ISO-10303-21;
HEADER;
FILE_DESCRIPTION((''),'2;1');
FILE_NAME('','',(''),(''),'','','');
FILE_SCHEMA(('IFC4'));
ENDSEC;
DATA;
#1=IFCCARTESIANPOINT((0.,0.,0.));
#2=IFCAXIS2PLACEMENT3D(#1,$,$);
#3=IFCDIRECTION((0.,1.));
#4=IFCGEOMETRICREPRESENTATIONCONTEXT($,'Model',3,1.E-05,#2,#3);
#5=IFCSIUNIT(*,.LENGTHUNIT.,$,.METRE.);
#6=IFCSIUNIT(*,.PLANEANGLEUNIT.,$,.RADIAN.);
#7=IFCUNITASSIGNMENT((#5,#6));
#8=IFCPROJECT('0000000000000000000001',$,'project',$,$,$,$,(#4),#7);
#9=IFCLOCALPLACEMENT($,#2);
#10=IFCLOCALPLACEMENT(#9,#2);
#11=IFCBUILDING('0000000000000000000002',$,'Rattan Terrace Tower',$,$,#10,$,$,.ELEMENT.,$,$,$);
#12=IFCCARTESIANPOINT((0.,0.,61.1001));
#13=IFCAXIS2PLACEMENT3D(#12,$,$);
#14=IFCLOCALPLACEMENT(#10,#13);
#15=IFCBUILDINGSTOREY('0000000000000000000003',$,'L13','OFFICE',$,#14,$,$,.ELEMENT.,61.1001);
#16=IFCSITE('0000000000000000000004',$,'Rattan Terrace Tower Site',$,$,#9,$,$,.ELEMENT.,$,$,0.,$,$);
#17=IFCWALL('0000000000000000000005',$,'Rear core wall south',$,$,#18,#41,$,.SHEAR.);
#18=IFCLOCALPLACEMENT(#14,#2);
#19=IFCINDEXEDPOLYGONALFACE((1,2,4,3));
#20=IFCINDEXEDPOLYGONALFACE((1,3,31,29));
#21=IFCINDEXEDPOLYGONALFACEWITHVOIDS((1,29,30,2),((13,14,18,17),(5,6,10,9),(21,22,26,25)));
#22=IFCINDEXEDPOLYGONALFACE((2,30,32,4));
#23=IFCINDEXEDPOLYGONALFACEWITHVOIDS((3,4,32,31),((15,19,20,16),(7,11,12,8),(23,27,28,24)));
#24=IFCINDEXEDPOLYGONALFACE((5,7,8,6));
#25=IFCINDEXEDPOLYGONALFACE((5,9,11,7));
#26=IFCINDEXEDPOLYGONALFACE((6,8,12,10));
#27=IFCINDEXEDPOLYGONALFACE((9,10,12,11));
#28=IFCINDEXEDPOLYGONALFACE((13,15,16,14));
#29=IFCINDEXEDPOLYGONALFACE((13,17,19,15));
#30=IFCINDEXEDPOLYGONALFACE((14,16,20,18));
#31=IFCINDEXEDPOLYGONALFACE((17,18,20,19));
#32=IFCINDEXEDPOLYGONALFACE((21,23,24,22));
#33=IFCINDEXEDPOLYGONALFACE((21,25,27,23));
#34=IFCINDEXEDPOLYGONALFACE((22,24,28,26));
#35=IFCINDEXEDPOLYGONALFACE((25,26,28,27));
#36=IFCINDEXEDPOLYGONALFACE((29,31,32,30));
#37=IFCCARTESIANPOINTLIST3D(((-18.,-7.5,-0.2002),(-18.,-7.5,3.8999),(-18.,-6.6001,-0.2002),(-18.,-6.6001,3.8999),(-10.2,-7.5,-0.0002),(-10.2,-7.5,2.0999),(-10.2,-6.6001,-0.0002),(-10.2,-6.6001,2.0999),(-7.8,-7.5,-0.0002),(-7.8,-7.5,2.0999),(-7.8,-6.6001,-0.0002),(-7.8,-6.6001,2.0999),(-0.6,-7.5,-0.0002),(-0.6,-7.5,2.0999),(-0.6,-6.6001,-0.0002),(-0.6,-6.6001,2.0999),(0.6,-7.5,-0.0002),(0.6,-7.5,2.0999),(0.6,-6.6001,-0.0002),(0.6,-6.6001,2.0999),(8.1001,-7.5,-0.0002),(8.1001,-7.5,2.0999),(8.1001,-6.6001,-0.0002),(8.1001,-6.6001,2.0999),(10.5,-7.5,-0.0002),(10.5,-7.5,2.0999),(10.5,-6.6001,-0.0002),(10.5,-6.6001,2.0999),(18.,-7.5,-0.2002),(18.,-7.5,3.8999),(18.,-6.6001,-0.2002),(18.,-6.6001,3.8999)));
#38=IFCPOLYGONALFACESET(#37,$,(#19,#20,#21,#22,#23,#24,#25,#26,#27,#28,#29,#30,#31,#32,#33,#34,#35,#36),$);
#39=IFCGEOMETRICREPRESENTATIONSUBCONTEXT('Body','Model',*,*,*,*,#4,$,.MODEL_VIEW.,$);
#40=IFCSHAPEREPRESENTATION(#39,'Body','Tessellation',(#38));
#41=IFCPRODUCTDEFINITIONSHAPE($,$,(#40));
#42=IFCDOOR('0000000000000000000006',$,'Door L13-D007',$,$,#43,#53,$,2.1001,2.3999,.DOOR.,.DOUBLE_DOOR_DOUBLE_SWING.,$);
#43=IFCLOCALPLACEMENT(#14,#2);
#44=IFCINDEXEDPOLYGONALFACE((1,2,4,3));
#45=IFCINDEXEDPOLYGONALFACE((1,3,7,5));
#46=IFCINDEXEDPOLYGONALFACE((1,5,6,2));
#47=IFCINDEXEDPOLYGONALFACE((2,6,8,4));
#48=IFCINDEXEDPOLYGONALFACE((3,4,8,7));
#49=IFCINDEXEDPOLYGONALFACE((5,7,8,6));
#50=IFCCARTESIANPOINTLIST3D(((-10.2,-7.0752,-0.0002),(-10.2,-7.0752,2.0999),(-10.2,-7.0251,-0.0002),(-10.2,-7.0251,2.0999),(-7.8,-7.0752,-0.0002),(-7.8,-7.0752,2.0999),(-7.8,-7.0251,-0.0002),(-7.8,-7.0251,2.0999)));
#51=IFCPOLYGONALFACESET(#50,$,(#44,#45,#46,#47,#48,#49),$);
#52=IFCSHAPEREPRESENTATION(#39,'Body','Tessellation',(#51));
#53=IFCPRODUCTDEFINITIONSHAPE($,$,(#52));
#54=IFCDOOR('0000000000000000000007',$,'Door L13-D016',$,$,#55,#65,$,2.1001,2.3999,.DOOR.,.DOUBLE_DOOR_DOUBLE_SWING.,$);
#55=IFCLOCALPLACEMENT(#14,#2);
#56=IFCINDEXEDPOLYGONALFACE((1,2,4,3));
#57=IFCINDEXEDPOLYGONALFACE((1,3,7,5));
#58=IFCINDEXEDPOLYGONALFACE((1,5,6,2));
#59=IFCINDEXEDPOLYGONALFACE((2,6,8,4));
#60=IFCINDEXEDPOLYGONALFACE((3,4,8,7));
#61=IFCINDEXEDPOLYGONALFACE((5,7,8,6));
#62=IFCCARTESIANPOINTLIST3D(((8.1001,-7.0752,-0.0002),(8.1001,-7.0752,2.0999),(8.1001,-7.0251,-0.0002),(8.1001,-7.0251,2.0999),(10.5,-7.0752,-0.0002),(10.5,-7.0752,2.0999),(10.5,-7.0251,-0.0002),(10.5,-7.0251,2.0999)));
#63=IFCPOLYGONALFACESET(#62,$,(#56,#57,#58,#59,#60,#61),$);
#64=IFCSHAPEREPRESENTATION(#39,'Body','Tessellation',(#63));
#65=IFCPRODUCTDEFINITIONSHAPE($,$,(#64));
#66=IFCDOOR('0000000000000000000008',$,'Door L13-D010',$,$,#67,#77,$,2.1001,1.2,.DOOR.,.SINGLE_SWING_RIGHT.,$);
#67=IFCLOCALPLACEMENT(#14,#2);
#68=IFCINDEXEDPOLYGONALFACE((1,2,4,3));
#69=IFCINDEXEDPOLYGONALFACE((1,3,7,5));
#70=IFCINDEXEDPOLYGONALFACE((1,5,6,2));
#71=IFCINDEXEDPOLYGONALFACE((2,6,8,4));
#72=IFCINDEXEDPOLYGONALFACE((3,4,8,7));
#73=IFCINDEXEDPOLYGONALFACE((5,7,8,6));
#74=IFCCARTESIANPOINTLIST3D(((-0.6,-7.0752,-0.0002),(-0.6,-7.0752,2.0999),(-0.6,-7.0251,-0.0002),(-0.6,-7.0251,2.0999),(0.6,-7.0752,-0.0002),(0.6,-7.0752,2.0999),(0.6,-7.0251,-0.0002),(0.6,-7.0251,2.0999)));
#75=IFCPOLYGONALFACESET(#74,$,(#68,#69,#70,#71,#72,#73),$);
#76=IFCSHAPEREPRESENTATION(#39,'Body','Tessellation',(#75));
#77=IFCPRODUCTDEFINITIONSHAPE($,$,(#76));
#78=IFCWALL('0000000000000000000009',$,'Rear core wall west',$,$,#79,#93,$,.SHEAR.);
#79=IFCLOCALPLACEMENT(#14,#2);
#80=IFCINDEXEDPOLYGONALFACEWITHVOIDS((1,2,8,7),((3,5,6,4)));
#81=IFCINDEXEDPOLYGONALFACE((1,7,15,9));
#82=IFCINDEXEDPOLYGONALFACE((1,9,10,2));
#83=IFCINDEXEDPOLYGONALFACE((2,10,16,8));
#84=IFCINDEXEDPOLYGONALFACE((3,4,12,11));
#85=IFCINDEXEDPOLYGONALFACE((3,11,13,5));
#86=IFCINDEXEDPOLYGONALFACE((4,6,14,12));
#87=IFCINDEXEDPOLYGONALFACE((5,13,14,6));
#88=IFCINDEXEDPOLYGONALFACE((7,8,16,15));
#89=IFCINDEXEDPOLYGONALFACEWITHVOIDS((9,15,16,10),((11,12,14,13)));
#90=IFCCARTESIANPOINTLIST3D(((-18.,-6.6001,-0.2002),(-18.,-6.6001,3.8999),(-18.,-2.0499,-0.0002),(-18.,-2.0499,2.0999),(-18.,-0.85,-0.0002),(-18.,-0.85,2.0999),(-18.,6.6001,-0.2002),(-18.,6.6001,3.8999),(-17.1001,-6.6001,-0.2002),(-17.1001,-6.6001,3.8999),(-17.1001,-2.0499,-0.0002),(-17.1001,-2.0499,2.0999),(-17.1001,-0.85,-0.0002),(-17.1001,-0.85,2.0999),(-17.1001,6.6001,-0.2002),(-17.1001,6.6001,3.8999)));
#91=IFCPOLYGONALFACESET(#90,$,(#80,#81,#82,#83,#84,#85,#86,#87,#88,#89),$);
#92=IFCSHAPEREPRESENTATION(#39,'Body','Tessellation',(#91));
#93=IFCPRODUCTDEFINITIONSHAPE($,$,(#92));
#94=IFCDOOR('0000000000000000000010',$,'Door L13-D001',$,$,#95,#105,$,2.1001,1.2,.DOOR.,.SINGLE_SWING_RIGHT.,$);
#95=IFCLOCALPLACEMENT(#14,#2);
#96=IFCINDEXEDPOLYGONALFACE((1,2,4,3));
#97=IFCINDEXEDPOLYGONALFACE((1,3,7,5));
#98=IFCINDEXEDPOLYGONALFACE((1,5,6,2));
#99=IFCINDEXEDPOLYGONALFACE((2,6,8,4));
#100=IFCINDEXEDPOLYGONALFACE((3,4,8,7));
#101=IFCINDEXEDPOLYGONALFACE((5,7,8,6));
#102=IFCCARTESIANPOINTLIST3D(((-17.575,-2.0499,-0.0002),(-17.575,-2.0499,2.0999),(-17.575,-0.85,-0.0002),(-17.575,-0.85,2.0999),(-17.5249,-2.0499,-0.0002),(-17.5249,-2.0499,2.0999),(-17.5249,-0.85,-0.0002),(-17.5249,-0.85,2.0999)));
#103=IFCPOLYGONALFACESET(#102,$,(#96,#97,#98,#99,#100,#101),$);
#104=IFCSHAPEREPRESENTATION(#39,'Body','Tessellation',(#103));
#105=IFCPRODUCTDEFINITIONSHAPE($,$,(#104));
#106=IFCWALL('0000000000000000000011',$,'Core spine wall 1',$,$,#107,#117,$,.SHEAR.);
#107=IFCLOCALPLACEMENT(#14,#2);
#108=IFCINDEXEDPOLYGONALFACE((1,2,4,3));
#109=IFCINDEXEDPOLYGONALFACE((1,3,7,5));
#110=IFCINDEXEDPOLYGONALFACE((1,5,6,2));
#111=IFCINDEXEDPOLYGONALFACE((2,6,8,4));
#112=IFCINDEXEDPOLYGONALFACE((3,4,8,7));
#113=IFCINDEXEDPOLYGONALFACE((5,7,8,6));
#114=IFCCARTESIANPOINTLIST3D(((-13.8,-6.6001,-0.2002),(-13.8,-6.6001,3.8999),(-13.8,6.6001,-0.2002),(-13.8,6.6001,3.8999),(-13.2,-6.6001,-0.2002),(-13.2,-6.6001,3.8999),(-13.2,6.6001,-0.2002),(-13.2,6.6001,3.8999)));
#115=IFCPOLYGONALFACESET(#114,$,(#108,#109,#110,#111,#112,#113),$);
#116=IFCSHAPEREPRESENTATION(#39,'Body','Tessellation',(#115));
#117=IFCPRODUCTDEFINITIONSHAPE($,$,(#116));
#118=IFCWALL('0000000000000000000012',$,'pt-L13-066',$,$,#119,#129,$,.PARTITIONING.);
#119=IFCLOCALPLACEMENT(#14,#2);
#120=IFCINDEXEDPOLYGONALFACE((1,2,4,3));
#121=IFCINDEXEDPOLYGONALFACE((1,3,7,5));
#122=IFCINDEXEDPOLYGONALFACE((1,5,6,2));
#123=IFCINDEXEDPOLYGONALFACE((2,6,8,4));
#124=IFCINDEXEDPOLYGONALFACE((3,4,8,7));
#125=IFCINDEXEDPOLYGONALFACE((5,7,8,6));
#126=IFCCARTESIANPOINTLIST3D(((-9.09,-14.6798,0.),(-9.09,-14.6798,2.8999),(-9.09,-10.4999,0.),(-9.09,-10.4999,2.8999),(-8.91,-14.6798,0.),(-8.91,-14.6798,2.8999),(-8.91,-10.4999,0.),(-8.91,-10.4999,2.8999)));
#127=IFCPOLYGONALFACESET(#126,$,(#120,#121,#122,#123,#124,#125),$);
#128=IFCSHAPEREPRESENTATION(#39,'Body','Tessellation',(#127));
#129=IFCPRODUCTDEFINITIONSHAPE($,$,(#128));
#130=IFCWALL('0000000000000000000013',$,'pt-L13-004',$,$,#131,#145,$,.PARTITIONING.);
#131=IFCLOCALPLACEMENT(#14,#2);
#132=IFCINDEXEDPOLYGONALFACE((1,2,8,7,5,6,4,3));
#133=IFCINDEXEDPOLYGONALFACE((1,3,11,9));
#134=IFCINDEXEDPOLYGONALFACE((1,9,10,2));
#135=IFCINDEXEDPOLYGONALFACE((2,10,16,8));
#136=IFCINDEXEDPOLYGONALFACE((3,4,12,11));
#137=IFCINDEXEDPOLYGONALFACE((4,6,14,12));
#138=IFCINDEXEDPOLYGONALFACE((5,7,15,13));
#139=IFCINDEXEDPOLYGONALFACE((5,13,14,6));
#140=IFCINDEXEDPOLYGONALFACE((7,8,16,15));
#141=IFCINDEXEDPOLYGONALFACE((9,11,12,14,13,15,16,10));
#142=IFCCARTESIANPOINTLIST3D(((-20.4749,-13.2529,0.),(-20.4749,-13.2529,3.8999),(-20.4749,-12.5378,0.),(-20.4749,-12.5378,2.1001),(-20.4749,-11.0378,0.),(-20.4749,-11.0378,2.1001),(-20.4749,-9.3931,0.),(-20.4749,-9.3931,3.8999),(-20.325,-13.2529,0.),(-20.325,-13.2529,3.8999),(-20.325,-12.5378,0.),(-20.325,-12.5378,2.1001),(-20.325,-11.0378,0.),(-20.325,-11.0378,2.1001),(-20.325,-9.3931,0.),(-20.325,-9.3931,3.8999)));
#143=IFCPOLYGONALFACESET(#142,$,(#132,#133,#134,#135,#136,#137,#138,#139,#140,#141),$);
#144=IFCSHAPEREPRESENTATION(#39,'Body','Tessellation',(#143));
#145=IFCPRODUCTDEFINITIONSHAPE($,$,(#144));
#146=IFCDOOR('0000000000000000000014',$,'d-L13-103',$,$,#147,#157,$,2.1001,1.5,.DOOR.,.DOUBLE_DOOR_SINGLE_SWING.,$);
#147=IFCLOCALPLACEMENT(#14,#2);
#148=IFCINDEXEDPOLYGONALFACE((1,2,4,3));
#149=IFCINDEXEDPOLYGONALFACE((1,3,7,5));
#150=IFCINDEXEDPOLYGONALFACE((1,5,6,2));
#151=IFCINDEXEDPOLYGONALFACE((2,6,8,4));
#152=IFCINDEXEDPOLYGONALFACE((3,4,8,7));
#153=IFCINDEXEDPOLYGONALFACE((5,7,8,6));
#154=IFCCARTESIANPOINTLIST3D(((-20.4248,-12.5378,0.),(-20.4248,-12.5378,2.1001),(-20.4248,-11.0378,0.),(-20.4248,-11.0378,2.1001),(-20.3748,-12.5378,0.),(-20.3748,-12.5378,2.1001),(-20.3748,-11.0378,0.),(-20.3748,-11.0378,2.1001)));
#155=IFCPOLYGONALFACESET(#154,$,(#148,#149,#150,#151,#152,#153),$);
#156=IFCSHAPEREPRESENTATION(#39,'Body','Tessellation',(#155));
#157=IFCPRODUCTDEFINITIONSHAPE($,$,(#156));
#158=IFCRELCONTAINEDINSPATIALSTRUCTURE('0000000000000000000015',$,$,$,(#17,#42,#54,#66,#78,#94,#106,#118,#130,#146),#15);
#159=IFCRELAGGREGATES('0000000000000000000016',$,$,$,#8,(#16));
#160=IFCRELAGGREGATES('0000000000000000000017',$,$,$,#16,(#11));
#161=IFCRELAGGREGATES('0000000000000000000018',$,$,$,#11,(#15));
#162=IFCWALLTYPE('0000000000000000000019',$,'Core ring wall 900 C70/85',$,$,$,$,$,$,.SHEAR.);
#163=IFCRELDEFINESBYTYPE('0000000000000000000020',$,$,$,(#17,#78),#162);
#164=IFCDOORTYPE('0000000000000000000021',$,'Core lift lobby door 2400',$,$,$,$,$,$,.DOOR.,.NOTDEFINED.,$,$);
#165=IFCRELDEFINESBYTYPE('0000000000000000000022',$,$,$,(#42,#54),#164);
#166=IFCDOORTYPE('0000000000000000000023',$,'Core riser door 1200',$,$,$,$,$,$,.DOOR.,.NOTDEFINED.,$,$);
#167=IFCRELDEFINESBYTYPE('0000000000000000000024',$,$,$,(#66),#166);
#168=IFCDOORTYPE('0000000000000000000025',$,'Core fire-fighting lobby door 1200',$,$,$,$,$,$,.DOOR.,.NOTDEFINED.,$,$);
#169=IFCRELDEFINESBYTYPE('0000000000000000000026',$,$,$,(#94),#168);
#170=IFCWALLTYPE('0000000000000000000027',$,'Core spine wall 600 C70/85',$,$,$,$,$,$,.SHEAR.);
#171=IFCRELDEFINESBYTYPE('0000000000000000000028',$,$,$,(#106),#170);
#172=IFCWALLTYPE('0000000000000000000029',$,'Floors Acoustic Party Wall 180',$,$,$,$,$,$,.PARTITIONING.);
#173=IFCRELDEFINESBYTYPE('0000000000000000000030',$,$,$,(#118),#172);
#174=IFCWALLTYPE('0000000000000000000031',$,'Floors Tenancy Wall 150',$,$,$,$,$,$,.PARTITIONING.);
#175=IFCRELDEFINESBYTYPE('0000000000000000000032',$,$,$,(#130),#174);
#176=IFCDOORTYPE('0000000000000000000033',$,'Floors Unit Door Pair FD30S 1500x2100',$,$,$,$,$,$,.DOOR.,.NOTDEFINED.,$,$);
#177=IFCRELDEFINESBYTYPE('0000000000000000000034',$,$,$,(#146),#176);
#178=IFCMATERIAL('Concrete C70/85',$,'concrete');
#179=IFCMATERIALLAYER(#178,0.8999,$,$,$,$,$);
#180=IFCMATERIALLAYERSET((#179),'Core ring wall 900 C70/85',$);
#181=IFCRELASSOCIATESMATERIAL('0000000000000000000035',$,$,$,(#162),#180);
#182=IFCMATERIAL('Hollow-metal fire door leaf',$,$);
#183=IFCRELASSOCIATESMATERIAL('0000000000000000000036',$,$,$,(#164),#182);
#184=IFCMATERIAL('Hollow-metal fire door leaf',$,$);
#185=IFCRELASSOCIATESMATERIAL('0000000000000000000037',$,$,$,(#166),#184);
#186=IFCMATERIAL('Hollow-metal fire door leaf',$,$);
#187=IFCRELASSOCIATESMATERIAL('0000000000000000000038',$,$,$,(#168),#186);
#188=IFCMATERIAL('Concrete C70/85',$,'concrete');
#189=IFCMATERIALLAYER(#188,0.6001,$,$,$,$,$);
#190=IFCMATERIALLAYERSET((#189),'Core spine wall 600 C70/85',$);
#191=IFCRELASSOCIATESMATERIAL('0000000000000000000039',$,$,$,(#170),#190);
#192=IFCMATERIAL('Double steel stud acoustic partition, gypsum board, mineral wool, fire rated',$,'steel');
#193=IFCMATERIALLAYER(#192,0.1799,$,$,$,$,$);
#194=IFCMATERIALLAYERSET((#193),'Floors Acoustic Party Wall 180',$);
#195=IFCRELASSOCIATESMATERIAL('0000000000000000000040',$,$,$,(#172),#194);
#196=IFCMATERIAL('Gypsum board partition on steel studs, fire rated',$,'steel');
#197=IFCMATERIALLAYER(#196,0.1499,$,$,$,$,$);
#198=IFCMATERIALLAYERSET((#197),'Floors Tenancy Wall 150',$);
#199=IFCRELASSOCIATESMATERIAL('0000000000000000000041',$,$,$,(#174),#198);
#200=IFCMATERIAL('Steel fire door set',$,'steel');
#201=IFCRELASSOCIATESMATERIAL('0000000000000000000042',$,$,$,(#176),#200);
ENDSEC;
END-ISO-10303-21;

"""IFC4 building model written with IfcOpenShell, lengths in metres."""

from ifc_helpers import new_model, si_unit, direction, frame, frame_2d, origin, place, context, subcontext, project, spatial, rectangle, extrude, material, layer, layer_set, type_object, element, fill, save


model = new_model("IFC4")

# Units and contexts
model_context = context("Model", 3, precision=1e-05, world=origin(), true_north=direction((0.0, 1.0)))
body_context = subcontext(model_context, "Body", "Model", "MODEL_VIEW")
ifc_project = project(units=[si_unit("LENGTHUNIT", "METRE"), si_unit("PLANEANGLEUNIT", "RADIAN")], contexts=[model_context])

# Site, building, storey
site_placement = place(None, origin())
site = spatial("IfcSite", under=ifc_project, at=site_placement, Name="Rattan Terrace Tower Site", CompositionType="ELEMENT", RefElevation=0.0)
building_placement = place(site_placement, origin())
building = spatial("IfcBuilding", under=site, at=building_placement, Name="Rattan Terrace Tower", CompositionType="ELEMENT")
storey_placement = place(building_placement, frame((0.0, 0.0, 61.1001)))
storey = spatial("IfcBuildingStorey", under=building, at=storey_placement, Name="L13", Description="OFFICE", CompositionType="ELEMENT", Elevation=61.1001)

# Wall, openings, doors
ifc_material_1 = material(Name="Concrete C70/85", Category="concrete")
ifc_layer_1 = layer(ifc_material_1, 0.8999)
ifc_layer_set_1 = layer_set([ifc_layer_1], Name="Core ring wall 900 C70/85")
wall_type_1 = type_object("IfcWallType", Name="Core ring wall 900 C70/85", PredefinedType="SHEAR", material=ifc_layer_set_1)
wall_1_placement = place(storey_placement, frame((-18.0, -7.05, -0.2002), z_axis=(0.0, 0.0, 1.0), x_axis=(1.0, 0.0, 0.0)))
wall_1 = element("IfcWall", 1, at=wall_1_placement, inside=storey, type_object=wall_type_1, Name="Rear core wall south", PredefinedType="SHEAR", context=body_context, shape_type="SweptSolid", body=[
    extrude(rectangle(XDim=36.0, YDim=0.8999, at=frame_2d((18.0, 0.0))), origin(), (0.0, 0.0, 1.0), 4.1001),
])
opening_1_placement = place(wall_1_placement, frame((7.8, 0.0, 0.2)))
opening_1 = element("IfcOpeningElement", 2, at=opening_1_placement, cuts=wall_1, PredefinedType="OPENING", context=body_context, shape_type="SweptSolid", body=[
    extrude(rectangle(XDim=2.3999, YDim=2.1001, at=frame_2d((1.2, 1.05))), frame((0.0, 0.4604, 0.0), z_axis=(0.0, -1.0, 0.0), x_axis=(1.0, 0.0, 0.0)), (0.0, 0.0, 1.0), 0.9209),
])
opening_2_placement = place(wall_1_placement, frame((17.3999, 0.0, 0.2)))
opening_2 = element("IfcOpeningElement", 3, at=opening_2_placement, cuts=wall_1, PredefinedType="OPENING", context=body_context, shape_type="SweptSolid", body=[
    extrude(rectangle(XDim=1.2, YDim=2.1001, at=frame_2d((0.6001, 1.05))), frame((0.0, 0.4604, 0.0), z_axis=(0.0, -1.0, 0.0), x_axis=(1.0, 0.0, 0.0)), (0.0, 0.0, 1.0), 0.9209),
])
opening_3_placement = place(wall_1_placement, frame((26.1001, 0.0, 0.2)))
opening_3 = element("IfcOpeningElement", 4, at=opening_3_placement, cuts=wall_1, PredefinedType="OPENING", context=body_context, shape_type="SweptSolid", body=[
    extrude(rectangle(XDim=2.3999, YDim=2.1001, at=frame_2d((1.2, 1.05))), frame((0.0, 0.4604, 0.0), z_axis=(0.0, -1.0, 0.0), x_axis=(1.0, 0.0, 0.0)), (0.0, 0.0, 1.0), 0.9209),
])
ifc_material_2 = material(Name="Hollow-metal fire door leaf")
door_type_1 = type_object("IfcDoorType", Name="Core lift lobby door 2400", OperationType="NOTDEFINED", PredefinedType="DOOR", material=ifc_material_2)
door_1_placement = place(opening_1_placement, origin())
door_1 = element("IfcDoor", 5, at=door_1_placement, inside=storey, type_object=door_type_1, Name="Door L13-D007", OperationType="DOUBLE_DOOR_DOUBLE_SWING", OverallHeight=2.1001, OverallWidth=2.3999, PredefinedType="DOOR", context=body_context, shape_type="SweptSolid", body=[
    extrude(rectangle(XDim=2.3999, YDim=2.1001, at=frame_2d((1.2, 1.05))), frame((0.0, 0.0249, 0.0), z_axis=(0.0, -1.0, 0.0), x_axis=(1.0, 0.0, 0.0)), (0.0, 0.0, 1.0), 0.05),
])
fill(opening_1, door_1)
door_2_placement = place(opening_3_placement, origin())
door_2 = element("IfcDoor", 6, at=door_2_placement, inside=storey, type_object=door_type_1, Name="Door L13-D016", OperationType="DOUBLE_DOOR_DOUBLE_SWING", OverallHeight=2.1001, OverallWidth=2.3999, PredefinedType="DOOR", context=body_context, shape_type="SweptSolid", body=[
    extrude(rectangle(XDim=2.3999, YDim=2.1001, at=frame_2d((1.2, 1.05))), frame((0.0, 0.0249, 0.0), z_axis=(0.0, -1.0, 0.0), x_axis=(1.0, 0.0, 0.0)), (0.0, 0.0, 1.0), 0.05),
])
fill(opening_3, door_2)
ifc_material_3 = material(Name="Hollow-metal fire door leaf")
door_type_2 = type_object("IfcDoorType", Name="Core riser door 1200", OperationType="NOTDEFINED", PredefinedType="DOOR", material=ifc_material_3)
door_3_placement = place(opening_2_placement, origin())
door_3 = element("IfcDoor", 7, at=door_3_placement, inside=storey, type_object=door_type_2, Name="Door L13-D010", OperationType="SINGLE_SWING_RIGHT", OverallHeight=2.1001, OverallWidth=1.2, PredefinedType="DOOR", context=body_context, shape_type="SweptSolid", body=[
    extrude(rectangle(XDim=1.2, YDim=2.1001, at=frame_2d((0.6001, 1.05))), frame((0.0, 0.0249, 0.0), z_axis=(0.0, -1.0, 0.0), x_axis=(1.0, 0.0, 0.0)), (0.0, 0.0, 1.0), 0.05),
])
fill(opening_2, door_3)

# Wall, opening, door
wall_2_placement = place(storey_placement, frame((-17.55, -6.6001, -0.2002), z_axis=(0.0, 0.0, 1.0), x_axis=(0.0, 1.0, 0.0)))
wall_2 = element("IfcWall", 8, at=wall_2_placement, inside=storey, type_object=wall_type_1, Name="Rear core wall west", PredefinedType="SHEAR", context=body_context, shape_type="SweptSolid", body=[
    extrude(rectangle(XDim=13.2002, YDim=0.8999, at=frame_2d((6.6001, 0.0))), origin(), (0.0, 0.0, 1.0), 4.1001),
])
opening_4_placement = place(wall_2_placement, frame((4.55, 0.0, 0.2)))
opening_4 = element("IfcOpeningElement", 9, at=opening_4_placement, cuts=wall_2, PredefinedType="OPENING", context=body_context, shape_type="SweptSolid", body=[
    extrude(rectangle(XDim=1.2, YDim=2.1001, at=frame_2d((0.6001, 1.05))), frame((0.0, 0.4604, 0.0), z_axis=(0.0, -1.0, 0.0), x_axis=(1.0, 0.0, 0.0)), (0.0, 0.0, 1.0), 0.9209),
])
ifc_material_4 = material(Name="Hollow-metal fire door leaf")
door_type_3 = type_object("IfcDoorType", Name="Core fire-fighting lobby door 1200", OperationType="NOTDEFINED", PredefinedType="DOOR", material=ifc_material_4)
door_4_placement = place(opening_4_placement, origin())
door_4 = element("IfcDoor", 10, at=door_4_placement, inside=storey, type_object=door_type_3, Name="Door L13-D001", OperationType="SINGLE_SWING_RIGHT", OverallHeight=2.1001, OverallWidth=1.2, PredefinedType="DOOR", context=body_context, shape_type="SweptSolid", body=[
    extrude(rectangle(XDim=1.2, YDim=2.1001, at=frame_2d((0.6001, 1.05))), frame((0.0, 0.0249, 0.0), z_axis=(0.0, -1.0, 0.0), x_axis=(1.0, 0.0, 0.0)), (0.0, 0.0, 1.0), 0.05),
])
fill(opening_4, door_4)

# Walls
ifc_material_5 = material(Name="Concrete C70/85", Category="concrete")
ifc_layer_2 = layer(ifc_material_5, 0.6001)
ifc_layer_set_2 = layer_set([ifc_layer_2], Name="Core spine wall 600 C70/85")
wall_type_2 = type_object("IfcWallType", Name="Core spine wall 600 C70/85", PredefinedType="SHEAR", material=ifc_layer_set_2)
wall_3_placement = place(storey_placement, frame((-13.5, -6.6001, -0.2002), z_axis=(0.0, 0.0, 1.0), x_axis=(0.0, 1.0, 0.0)))
element("IfcWall", 11, at=wall_3_placement, inside=storey, type_object=wall_type_2, Name="Core spine wall 1", PredefinedType="SHEAR", context=body_context, shape_type="SweptSolid", body=[
    extrude(rectangle(XDim=13.2002, YDim=0.6001, at=frame_2d((6.6001, 0.0))), origin(), (0.0, 0.0, 1.0), 4.1001),
])
ifc_material_6 = material(Name="Double steel stud acoustic partition, gypsum board, mineral wool, fire rated", Category="steel")
ifc_layer_3 = layer(ifc_material_6, 0.1799)
ifc_layer_set_3 = layer_set([ifc_layer_3], Name="Floors Acoustic Party Wall 180")
wall_type_3 = type_object("IfcWallType", Name="Floors Acoustic Party Wall 180", PredefinedType="PARTITIONING", material=ifc_layer_set_3)
wall_4_placement = place(storey_placement, frame((-9.0, -10.5, 0.0), z_axis=(0.0, 0.0, 1.0), x_axis=(0.0, -1.0, 0.0)))
element("IfcWall", 12, at=wall_4_placement, inside=storey, type_object=wall_type_3, Name="pt-L13-066", PredefinedType="PARTITIONING", context=body_context, shape_type="SweptSolid", body=[
    extrude(rectangle(XDim=4.1799, YDim=0.1799, at=frame_2d((2.0898, 0.0))), origin(), (0.0, 0.0, 1.0), 2.8999),
])

# Wall, opening, door
ifc_material_7 = material(Name="Gypsum board partition on steel studs, fire rated", Category="steel")
ifc_layer_4 = layer(ifc_material_7, 0.1499)
ifc_layer_set_4 = layer_set([ifc_layer_4], Name="Floors Tenancy Wall 150")
wall_type_4 = type_object("IfcWallType", Name="Floors Tenancy Wall 150", PredefinedType="PARTITIONING", material=ifc_layer_set_4)
wall_5_placement = place(storey_placement, frame((-20.3999, -13.2529, 0.0), z_axis=(0.0, 0.0, 1.0), x_axis=(0.0, 1.0, 0.0)))
wall_5 = element("IfcWall", 13, at=wall_5_placement, inside=storey, type_object=wall_type_4, Name="pt-L13-004", PredefinedType="PARTITIONING", context=body_context, shape_type="SweptSolid", body=[
    extrude(rectangle(XDim=3.8599, YDim=0.1499, at=frame_2d((1.9299, 0.0))), origin(), (0.0, 0.0, 1.0), 3.8999),
])
opening_5_placement = place(wall_5_placement, frame((0.7151, 0.0, 0.0)))
opening_5 = element("IfcOpeningElement", 14, at=opening_5_placement, cuts=wall_5, PredefinedType="OPENING", context=body_context, shape_type="SweptSolid", body=[
    extrude(rectangle(XDim=1.5, YDim=2.1001, at=frame_2d((0.75, 1.05))), frame((0.0, 0.0854, 0.0), z_axis=(0.0, -1.0, 0.0), x_axis=(1.0, 0.0, 0.0)), (0.0, 0.0, 1.0), 0.1709),
])
ifc_material_8 = material(Name="Steel fire door set", Category="steel")
door_type_4 = type_object("IfcDoorType", Name="Floors Unit Door Pair FD30S 1500x2100", OperationType="NOTDEFINED", PredefinedType="DOOR", material=ifc_material_8)
door_5_placement = place(opening_5_placement, origin())
door_5 = element("IfcDoor", 15, at=door_5_placement, inside=storey, type_object=door_type_4, Name="d-L13-103", OperationType="DOUBLE_DOOR_SINGLE_SWING", OverallHeight=2.1001, OverallWidth=1.5, PredefinedType="DOOR", context=body_context, shape_type="SweptSolid", body=[
    extrude(rectangle(XDim=1.5, YDim=2.1001, at=frame_2d((0.75, 1.05))), frame((0.0, 0.0249, 0.0), z_axis=(0.0, -1.0, 0.0), x_axis=(1.0, 0.0, 0.0)), (0.0, 0.0, 1.0), 0.05),
])
fill(opening_5, door_5)

save(model, "model.ifc")
